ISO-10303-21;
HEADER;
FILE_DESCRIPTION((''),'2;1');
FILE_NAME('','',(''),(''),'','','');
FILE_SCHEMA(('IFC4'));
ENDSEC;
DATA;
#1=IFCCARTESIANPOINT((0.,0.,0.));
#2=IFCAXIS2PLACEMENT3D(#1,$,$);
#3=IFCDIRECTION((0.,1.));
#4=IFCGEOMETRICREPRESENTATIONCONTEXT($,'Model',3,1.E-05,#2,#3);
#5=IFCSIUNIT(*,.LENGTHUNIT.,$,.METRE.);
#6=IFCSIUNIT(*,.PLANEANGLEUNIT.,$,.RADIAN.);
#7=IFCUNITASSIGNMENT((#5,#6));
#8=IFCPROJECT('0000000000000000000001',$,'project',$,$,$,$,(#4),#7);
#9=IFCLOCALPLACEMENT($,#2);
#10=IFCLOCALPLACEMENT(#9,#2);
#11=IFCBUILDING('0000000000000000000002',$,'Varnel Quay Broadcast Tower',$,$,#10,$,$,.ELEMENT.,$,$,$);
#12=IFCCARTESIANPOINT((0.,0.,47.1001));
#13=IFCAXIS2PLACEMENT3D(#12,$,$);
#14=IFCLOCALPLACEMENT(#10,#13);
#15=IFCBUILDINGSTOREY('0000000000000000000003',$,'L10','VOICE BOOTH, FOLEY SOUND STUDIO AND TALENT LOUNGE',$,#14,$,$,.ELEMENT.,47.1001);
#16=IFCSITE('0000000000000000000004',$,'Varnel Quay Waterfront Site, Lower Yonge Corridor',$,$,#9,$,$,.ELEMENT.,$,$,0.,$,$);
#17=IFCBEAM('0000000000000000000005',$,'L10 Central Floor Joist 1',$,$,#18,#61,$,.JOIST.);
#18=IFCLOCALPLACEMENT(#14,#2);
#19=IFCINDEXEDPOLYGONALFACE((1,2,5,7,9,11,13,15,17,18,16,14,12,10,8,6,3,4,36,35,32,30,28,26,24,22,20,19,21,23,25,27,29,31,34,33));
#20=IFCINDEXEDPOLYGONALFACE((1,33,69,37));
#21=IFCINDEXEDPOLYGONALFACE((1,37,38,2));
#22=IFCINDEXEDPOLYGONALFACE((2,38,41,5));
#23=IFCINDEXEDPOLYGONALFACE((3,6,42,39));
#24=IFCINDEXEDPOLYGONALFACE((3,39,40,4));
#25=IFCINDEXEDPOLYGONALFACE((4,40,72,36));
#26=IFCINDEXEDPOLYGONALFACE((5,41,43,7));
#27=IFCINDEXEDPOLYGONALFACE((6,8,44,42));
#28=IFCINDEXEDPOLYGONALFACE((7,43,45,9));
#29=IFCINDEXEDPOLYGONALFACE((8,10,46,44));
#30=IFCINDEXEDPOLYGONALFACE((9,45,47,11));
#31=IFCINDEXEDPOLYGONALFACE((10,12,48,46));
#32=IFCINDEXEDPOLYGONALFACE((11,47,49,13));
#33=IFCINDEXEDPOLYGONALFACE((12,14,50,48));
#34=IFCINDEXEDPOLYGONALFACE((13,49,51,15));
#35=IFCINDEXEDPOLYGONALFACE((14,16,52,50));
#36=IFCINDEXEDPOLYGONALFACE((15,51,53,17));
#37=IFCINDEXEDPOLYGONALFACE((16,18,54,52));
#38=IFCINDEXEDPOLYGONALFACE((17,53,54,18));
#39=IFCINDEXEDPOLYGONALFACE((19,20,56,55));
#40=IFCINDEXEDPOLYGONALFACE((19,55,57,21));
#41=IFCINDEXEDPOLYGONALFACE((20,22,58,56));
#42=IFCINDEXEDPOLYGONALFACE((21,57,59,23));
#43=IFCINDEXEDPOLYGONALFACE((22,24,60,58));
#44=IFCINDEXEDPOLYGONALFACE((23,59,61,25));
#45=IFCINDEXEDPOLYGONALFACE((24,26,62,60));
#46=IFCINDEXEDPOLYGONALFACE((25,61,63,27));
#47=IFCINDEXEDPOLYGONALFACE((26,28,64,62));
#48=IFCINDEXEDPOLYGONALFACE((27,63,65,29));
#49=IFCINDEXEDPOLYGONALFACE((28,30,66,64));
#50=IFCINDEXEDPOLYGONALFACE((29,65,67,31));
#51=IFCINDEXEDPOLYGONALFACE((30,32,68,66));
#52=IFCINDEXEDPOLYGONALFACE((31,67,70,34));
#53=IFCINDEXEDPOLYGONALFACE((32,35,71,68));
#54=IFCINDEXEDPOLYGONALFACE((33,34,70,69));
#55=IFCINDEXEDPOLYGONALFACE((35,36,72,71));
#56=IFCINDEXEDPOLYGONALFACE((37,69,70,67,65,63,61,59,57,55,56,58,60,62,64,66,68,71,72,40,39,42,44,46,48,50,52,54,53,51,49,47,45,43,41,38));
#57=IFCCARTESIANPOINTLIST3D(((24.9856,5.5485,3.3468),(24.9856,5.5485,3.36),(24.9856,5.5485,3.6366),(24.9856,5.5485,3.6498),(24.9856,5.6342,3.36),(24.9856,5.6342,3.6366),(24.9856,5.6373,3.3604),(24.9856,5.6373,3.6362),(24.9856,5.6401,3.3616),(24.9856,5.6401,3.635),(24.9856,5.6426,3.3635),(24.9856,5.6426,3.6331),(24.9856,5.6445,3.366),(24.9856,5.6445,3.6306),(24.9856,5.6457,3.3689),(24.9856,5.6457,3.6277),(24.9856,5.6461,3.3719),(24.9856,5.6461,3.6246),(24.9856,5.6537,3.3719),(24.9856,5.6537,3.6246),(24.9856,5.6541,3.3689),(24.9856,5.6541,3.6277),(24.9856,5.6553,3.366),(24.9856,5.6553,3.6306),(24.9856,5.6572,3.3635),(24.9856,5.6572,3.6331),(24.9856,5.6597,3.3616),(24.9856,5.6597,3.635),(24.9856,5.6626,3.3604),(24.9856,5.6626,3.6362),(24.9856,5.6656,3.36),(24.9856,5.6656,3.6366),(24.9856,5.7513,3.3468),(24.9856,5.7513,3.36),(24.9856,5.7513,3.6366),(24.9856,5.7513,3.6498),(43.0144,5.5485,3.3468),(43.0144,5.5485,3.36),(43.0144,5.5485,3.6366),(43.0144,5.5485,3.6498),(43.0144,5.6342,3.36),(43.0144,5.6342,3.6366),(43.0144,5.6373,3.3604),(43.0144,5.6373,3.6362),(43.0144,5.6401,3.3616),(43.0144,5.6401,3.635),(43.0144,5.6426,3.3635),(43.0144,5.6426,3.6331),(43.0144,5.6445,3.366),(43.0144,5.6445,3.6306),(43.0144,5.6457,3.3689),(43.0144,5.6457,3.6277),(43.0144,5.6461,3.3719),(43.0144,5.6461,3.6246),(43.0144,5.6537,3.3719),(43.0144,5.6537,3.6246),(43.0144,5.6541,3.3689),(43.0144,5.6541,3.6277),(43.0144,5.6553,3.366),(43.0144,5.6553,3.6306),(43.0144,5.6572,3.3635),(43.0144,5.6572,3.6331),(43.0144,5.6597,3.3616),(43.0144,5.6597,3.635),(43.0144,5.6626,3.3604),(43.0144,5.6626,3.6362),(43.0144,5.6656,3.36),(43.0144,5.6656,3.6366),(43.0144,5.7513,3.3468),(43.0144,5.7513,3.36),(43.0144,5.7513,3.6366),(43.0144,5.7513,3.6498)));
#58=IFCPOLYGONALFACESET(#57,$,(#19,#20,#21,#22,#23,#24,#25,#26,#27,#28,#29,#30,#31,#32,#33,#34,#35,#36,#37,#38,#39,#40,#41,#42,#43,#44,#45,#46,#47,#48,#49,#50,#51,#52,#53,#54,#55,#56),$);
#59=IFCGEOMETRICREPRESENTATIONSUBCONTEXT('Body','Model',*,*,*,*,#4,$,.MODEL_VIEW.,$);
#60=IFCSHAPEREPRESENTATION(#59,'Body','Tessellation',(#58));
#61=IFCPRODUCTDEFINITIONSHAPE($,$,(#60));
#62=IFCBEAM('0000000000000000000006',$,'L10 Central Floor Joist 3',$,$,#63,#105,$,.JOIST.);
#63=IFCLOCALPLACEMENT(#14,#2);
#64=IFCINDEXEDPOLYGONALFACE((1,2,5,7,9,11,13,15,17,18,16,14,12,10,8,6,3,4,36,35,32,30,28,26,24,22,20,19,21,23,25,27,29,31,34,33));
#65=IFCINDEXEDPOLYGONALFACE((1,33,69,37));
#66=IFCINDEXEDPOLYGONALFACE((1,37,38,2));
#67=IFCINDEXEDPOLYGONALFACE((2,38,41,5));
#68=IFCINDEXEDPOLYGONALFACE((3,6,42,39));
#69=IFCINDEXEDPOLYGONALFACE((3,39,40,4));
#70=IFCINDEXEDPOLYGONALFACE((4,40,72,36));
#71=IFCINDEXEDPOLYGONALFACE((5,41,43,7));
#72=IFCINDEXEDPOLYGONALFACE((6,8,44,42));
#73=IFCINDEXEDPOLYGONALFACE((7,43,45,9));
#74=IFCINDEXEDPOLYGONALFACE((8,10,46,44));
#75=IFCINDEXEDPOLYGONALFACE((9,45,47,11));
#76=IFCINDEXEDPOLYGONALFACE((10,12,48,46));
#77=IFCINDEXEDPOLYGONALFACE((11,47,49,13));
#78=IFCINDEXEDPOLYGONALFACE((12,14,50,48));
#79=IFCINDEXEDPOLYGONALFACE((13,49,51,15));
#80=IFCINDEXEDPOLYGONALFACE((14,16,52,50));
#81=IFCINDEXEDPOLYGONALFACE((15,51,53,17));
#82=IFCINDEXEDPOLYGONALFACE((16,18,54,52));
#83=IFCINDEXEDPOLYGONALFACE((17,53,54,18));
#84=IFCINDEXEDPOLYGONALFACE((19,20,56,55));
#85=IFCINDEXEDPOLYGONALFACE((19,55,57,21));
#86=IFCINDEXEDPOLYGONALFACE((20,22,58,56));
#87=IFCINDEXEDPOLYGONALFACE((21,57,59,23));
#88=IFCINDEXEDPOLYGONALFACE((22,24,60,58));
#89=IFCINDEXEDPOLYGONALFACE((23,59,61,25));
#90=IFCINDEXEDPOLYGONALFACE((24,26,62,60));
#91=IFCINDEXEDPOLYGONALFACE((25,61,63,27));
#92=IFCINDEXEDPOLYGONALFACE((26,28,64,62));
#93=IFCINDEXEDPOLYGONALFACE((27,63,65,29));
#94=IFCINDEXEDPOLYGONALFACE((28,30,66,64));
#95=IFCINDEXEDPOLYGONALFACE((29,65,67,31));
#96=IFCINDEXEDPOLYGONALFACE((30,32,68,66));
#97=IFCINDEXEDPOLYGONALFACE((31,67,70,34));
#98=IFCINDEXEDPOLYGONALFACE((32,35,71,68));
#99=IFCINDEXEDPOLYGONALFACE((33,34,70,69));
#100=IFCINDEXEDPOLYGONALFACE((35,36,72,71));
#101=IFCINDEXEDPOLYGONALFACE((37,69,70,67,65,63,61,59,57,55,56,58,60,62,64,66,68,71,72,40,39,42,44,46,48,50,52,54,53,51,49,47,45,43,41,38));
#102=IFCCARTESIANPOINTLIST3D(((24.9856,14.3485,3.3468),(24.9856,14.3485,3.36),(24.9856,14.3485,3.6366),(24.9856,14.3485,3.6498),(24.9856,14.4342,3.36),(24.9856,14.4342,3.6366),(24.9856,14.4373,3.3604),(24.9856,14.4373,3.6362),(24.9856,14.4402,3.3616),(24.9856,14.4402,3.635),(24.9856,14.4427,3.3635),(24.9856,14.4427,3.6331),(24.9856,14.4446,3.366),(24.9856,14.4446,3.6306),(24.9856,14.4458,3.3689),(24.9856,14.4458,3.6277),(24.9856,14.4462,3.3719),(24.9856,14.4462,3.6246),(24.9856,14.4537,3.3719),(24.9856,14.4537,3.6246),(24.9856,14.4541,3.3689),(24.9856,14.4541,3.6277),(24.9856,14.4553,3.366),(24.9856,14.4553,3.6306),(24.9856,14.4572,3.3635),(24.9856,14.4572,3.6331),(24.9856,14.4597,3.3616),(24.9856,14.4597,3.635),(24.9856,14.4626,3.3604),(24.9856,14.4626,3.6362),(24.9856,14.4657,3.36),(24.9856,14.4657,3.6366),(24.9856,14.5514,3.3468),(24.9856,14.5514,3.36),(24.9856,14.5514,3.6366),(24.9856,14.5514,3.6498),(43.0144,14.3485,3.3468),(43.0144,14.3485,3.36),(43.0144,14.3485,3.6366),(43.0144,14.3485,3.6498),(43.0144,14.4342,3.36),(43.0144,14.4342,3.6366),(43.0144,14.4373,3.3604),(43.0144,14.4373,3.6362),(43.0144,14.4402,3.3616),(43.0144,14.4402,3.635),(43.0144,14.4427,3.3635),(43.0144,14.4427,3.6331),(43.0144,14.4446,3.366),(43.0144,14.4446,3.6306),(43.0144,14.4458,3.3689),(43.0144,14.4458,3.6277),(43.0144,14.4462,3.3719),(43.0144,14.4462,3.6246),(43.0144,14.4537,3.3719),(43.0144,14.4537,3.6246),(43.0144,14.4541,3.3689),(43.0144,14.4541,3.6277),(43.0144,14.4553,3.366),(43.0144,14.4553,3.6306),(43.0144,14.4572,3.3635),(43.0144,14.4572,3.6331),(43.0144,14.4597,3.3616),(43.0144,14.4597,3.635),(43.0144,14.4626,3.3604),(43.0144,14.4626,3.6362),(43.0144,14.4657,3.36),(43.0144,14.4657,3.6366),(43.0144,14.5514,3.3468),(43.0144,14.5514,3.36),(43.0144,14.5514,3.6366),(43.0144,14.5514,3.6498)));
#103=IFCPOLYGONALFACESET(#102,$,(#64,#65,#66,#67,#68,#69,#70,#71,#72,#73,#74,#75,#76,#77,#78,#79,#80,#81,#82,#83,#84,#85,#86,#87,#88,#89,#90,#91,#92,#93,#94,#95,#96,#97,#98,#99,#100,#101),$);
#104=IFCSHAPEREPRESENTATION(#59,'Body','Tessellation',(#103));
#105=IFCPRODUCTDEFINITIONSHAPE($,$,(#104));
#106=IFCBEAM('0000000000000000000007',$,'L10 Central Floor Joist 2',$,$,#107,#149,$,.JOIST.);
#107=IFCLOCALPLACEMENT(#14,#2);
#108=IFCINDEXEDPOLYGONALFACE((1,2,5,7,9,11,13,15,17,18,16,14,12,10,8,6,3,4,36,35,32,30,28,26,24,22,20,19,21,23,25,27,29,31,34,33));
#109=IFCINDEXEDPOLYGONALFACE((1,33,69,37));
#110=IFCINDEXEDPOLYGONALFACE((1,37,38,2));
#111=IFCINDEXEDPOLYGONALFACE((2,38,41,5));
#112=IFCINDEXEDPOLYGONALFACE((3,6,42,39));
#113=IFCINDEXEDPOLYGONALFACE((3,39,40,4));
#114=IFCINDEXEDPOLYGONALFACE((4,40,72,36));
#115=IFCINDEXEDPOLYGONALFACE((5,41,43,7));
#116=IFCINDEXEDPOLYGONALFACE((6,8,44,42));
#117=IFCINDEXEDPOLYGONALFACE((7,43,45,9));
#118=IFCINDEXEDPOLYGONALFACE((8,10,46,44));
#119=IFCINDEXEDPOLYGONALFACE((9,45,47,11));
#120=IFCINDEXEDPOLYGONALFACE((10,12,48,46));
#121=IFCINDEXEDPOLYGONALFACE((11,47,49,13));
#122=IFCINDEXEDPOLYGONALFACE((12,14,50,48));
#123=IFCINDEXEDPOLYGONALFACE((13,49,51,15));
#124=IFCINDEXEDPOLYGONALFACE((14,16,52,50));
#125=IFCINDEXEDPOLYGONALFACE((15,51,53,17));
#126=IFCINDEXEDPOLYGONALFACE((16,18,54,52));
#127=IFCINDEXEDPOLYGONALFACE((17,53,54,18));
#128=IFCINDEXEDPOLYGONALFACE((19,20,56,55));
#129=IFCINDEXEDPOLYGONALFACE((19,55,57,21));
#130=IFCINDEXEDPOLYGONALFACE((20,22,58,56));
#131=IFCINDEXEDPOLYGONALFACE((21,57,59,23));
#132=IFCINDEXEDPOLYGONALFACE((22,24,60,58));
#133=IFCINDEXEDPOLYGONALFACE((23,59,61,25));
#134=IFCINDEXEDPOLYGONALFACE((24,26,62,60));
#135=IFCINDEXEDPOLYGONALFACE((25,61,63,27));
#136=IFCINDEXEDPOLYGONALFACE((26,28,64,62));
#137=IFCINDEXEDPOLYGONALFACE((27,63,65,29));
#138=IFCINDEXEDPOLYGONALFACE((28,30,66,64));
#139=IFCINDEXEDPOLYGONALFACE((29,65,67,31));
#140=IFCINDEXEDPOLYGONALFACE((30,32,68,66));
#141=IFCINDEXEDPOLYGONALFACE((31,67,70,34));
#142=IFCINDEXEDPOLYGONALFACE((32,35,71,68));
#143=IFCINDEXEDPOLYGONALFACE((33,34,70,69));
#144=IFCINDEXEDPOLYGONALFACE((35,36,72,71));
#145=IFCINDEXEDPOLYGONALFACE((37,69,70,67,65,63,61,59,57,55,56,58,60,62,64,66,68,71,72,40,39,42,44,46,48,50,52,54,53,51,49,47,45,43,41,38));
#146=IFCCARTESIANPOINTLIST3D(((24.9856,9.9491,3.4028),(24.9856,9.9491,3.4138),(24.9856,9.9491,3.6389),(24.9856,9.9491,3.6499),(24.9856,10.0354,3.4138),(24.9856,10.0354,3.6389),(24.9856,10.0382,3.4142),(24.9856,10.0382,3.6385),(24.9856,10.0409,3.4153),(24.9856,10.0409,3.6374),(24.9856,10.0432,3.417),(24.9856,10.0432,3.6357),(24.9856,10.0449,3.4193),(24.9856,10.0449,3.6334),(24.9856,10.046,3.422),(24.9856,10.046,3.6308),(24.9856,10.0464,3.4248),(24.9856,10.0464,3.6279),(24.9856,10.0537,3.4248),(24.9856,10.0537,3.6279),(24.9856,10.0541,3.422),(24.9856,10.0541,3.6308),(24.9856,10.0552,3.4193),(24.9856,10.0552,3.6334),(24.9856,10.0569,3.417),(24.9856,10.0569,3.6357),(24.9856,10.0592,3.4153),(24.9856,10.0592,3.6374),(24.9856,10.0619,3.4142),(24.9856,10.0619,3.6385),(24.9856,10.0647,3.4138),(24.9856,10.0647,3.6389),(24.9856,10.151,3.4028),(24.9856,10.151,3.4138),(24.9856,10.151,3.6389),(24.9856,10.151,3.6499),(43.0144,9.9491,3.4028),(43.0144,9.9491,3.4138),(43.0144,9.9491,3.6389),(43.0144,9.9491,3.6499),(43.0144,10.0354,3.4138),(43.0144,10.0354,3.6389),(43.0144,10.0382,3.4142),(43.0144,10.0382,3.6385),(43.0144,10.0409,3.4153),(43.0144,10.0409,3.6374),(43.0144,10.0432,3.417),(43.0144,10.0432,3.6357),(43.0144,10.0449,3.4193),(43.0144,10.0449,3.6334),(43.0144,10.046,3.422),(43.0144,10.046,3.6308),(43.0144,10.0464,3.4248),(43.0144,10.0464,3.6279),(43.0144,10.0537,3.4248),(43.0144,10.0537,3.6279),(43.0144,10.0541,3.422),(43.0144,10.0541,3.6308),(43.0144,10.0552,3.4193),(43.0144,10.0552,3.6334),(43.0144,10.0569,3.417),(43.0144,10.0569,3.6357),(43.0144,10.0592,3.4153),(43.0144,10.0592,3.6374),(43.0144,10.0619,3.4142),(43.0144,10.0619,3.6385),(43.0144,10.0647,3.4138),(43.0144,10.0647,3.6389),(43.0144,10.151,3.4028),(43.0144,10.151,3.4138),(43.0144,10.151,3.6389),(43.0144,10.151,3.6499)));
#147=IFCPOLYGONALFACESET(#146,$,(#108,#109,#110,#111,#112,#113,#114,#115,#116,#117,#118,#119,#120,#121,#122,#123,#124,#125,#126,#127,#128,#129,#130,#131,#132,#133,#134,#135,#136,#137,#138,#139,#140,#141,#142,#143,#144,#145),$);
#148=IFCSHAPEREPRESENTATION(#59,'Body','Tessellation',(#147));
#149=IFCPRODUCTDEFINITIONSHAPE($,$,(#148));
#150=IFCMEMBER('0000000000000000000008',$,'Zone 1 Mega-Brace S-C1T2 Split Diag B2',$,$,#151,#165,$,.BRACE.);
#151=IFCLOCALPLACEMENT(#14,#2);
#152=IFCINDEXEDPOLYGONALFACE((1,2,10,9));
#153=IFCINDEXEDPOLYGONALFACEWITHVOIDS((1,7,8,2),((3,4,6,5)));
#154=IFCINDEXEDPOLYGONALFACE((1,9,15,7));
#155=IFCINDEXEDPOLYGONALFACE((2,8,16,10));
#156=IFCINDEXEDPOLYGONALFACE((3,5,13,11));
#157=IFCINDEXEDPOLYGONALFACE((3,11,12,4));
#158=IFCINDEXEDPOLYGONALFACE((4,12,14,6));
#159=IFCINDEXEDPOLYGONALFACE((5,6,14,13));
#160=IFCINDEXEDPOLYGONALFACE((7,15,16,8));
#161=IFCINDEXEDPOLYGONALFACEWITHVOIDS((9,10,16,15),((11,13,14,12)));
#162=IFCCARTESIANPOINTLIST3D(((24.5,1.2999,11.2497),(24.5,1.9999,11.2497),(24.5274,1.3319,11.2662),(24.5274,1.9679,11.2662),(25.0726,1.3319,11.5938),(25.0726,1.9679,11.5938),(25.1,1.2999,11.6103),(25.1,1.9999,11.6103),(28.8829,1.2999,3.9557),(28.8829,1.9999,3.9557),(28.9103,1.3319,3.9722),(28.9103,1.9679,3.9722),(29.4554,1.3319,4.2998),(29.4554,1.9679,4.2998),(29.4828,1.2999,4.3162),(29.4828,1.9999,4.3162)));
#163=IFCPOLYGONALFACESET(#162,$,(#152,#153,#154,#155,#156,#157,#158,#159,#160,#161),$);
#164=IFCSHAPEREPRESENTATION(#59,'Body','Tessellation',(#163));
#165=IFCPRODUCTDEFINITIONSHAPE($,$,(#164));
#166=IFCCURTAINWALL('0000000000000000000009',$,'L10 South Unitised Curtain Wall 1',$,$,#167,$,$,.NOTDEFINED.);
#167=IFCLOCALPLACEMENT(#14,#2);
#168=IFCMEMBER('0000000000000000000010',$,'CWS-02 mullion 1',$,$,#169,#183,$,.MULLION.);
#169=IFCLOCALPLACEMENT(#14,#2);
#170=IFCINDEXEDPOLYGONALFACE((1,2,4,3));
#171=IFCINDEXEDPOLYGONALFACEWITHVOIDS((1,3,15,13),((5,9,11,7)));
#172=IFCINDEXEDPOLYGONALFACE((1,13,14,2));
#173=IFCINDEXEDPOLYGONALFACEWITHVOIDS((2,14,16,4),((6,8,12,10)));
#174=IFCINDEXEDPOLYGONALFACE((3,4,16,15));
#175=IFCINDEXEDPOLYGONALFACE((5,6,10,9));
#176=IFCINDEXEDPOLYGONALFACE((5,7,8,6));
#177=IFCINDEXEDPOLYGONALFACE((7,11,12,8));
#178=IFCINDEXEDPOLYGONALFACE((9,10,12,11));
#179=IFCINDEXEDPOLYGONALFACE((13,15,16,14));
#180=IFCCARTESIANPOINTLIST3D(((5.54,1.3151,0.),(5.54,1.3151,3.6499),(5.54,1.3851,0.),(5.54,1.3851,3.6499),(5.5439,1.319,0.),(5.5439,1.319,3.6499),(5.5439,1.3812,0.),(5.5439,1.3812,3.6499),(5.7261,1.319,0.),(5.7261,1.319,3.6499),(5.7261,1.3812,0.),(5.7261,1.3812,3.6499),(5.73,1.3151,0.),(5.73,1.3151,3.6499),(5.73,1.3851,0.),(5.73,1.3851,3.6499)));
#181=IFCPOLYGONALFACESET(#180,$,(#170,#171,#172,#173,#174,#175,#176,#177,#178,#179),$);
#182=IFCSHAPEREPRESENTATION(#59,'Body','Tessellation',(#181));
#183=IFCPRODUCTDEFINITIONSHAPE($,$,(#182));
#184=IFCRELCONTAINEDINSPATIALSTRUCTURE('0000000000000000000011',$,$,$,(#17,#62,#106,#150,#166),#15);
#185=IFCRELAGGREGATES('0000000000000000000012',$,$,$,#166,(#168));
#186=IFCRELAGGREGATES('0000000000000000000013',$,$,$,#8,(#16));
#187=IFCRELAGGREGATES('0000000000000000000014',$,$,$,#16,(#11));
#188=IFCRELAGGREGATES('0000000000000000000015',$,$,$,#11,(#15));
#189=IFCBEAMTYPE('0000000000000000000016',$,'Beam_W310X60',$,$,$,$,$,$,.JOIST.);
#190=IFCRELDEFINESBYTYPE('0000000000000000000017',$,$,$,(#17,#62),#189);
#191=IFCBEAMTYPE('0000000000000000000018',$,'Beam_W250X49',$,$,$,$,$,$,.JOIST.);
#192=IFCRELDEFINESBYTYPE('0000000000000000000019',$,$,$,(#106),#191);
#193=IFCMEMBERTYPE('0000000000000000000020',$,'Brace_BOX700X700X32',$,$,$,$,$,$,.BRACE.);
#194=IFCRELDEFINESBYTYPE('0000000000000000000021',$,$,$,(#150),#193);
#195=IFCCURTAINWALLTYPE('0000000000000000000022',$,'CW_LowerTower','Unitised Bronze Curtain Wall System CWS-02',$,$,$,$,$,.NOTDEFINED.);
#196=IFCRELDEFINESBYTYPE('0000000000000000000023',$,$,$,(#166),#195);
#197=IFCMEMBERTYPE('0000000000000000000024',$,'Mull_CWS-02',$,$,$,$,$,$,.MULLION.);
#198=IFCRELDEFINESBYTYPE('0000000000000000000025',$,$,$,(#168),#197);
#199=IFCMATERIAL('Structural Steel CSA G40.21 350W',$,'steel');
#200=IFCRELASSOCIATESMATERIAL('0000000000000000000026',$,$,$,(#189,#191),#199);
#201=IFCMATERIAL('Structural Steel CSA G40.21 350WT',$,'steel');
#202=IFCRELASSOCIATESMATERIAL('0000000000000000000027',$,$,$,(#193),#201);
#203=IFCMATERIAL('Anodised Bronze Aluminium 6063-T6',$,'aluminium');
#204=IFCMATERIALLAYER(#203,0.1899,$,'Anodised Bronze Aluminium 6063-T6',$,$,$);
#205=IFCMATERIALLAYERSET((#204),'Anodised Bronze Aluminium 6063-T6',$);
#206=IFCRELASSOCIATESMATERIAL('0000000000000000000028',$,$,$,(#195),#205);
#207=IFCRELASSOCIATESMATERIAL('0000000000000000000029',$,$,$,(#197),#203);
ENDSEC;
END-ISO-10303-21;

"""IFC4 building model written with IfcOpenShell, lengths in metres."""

from ifc_helpers import new_model, si_unit, direction, frame, origin, origin_2d, place, context, subcontext, project, spatial, hollow_rectangle, i_section, extrude, source, transform, mapped, material, layer, layer_set, material_profile, profile_set, type_object, type_shapes, element, aggregate, save


model = new_model("IFC4")

# Units and contexts
model_context = context("Model", 3, precision=1e-05, world=origin(), true_north=direction((0.0, 1.0)))
body_context = subcontext(model_context, "Body", "Model", "MODEL_VIEW")
ifc_project = project(units=[si_unit("LENGTHUNIT", "METRE"), si_unit("PLANEANGLEUNIT", "RADIAN")], contexts=[model_context])

# Site, building, storey
site_placement = place(None, origin())
site = spatial("IfcSite", under=ifc_project, at=site_placement, Name="Varnel Quay Waterfront Site, Lower Yonge Corridor", CompositionType="ELEMENT", RefElevation=0.0)
building_placement = place(site_placement, origin())
building = spatial("IfcBuilding", under=site, at=building_placement, Name="Varnel Quay Broadcast Tower", CompositionType="ELEMENT")
storey_placement = place(building_placement, frame((0.0, 0.0, 47.1001)))
storey = spatial("IfcBuildingStorey", under=building, at=storey_placement, Name="L10", Description="VOICE BOOTH, FOLEY SOUND STUDIO AND TALENT LOUNGE", CompositionType="ELEMENT", Elevation=47.1001)

# Shared definitions
ifc_material_1 = material(Name="Structural Steel CSA G40.21 350WT", Category="steel")
ifc_material_2 = material(Name="Structural Steel CSA G40.21 350W", Category="steel")

# Beams
ifc_material_profile_1 = material_profile(ifc_material_2, i_section(OverallWidth=0.2029, OverallDepth=0.303, WebThickness=0.0076, FlangeThickness=0.0132, FilletRadius=0.012, at=origin_2d()), Name="W310X60")
ifc_profile_set_1 = profile_set([ifc_material_profile_1], Name="Structural Steel CSA G40.21 350W")
beam_type_1 = type_object("IfcBeamType", Name="Beam_W310X60", PredefinedType="JOIST", material=ifc_profile_set_1)
shared_shape_1 = source(origin(), body_context, "Body", "SweptSolid", [
    extrude(i_section(OverallWidth=0.2029, OverallDepth=0.303, WebThickness=0.0076, FlangeThickness=0.0132, FilletRadius=0.012, at=origin_2d()), origin(), (0.0, 0.0, 1.0), 18.0288),
])
type_shapes(beam_type_1, [shared_shape_1])
for number, where, z_axis, x_axis, name in (
    (1, (24.9856, 5.6499, 3.4983), (1.0, 0.0, 0.0), (0.0, 1.0, 0.0), "L10 Central Floor Joist 1"),
    (2, (24.9856, 14.45, 3.4983), (1.0, 0.0, 0.0), (0.0, 1.0, 0.0), "L10 Central Floor Joist 3"),
):
    element("IfcBeam", number, at=place(storey_placement, frame(where, z_axis=z_axis, x_axis=x_axis)), inside=storey, type_object=beam_type_1, Name=name, PredefinedType="JOIST", context=body_context, shape_type="MappedRepresentation", body=[
        mapped(shared_shape_1, transform((0.0, 0.0, 0.0), x_axis=(1.0, 0.0, 0.0), y_axis=(0.0, 1.0, 0.0), z_axis=(0.0, 0.0, 1.0), scale=1.0)),
    ])
ifc_material_profile_2 = material_profile(ifc_material_2, i_section(OverallWidth=0.2019, OverallDepth=0.2471, WebThickness=0.0073, FlangeThickness=0.011, FilletRadius=0.011, at=origin_2d()), Name="W250X49")
ifc_profile_set_2 = profile_set([ifc_material_profile_2], Name="Structural Steel CSA G40.21 350W")
beam_type_2 = type_object("IfcBeamType", Name="Beam_W250X49", PredefinedType="JOIST", material=ifc_profile_set_2)
shared_shape_2 = source(origin(), body_context, "Body", "SweptSolid", [
    extrude(i_section(OverallWidth=0.2019, OverallDepth=0.2471, WebThickness=0.0073, FlangeThickness=0.011, FilletRadius=0.011, at=origin_2d()), origin(), (0.0, 0.0, 1.0), 18.0288),
])
type_shapes(beam_type_2, [shared_shape_2])
beam_1_placement = place(storey_placement, frame((24.9856, 10.05, 3.5264), z_axis=(1.0, 0.0, 0.0), x_axis=(0.0, 1.0, 0.0)))
element("IfcBeam", 3, at=beam_1_placement, inside=storey, type_object=beam_type_2, Name="L10 Central Floor Joist 2", PredefinedType="JOIST", context=body_context, shape_type="MappedRepresentation", body=[
    mapped(shared_shape_2, transform((0.0, 0.0, 0.0), x_axis=(1.0, 0.0, 0.0), y_axis=(0.0, 1.0, 0.0), z_axis=(0.0, 0.0, 1.0), scale=1.0)),
])

# Member
ifc_material_profile_3 = material_profile(ifc_material_1, hollow_rectangle(XDim=0.7, YDim=0.7, WallThickness=0.032, at=origin_2d()), Name="BOX700X700X32")
ifc_profile_set_3 = profile_set([ifc_material_profile_3], Name="Structural Steel CSA G40.21 350WT")
member_type_1 = type_object("IfcMemberType", Name="Brace_BOX700X700X32", PredefinedType="BRACE", material=ifc_profile_set_3)
shared_shape_3 = source(origin(), body_context, "Body", "SweptSolid", [
    extrude(hollow_rectangle(XDim=0.7, YDim=0.7, WallThickness=0.032, at=origin_2d()), origin(), (0.0, 0.0, 1.0), 8.5095),
])
type_shapes(member_type_1, [shared_shape_3])
member_1_placement = place(storey_placement, frame((29.1829, 1.6499, 4.136), z_axis=(-0.515053, 0.0, 0.857159), x_axis=(0.0, -1.0, 0.0)))
element("IfcMember", 4, at=member_1_placement, inside=storey, type_object=member_type_1, Name="Zone 1 Mega-Brace S-C1T2 Split Diag B2", PredefinedType="BRACE", context=body_context, shape_type="MappedRepresentation", body=[
    mapped(shared_shape_3, transform((0.0, 0.0, 0.0), x_axis=(1.0, 0.0, 0.0), y_axis=(0.0, 1.0, 0.0), z_axis=(0.0, 0.0, 1.0), scale=1.0)),
])

# Curtain wall, member
ifc_material_3 = material(Name="Anodised Bronze Aluminium 6063-T6", Category="aluminium")
ifc_layer_1 = layer(ifc_material_3, 0.1899, Name="Anodised Bronze Aluminium 6063-T6")
ifc_layer_set_1 = layer_set([ifc_layer_1], Name="Anodised Bronze Aluminium 6063-T6")
curtain_wall_type_1 = type_object("IfcCurtainWallType", Name="CW_LowerTower", Description="Unitised Bronze Curtain Wall System CWS-02", PredefinedType="NOTDEFINED", material=ifc_layer_set_1)
curtain_wall_1_placement = place(storey_placement, origin())
curtain_wall_1 = element("IfcCurtainWall", 5, at=curtain_wall_1_placement, inside=storey, type_object=curtain_wall_type_1, Name="L10 South Unitised Curtain Wall 1", PredefinedType="NOTDEFINED")
ifc_material_profile_4 = material_profile(ifc_material_3, hollow_rectangle(XDim=0.0701, YDim=0.1899, WallThickness=0.0039, at=origin_2d()), Name="ALU70X190X4")
ifc_profile_set_4 = profile_set([ifc_material_profile_4], Name="Anodised Bronze Aluminium 6063-T6")
member_type_2 = type_object("IfcMemberType", Name="Mull_CWS-02", PredefinedType="MULLION", material=ifc_profile_set_4)
shared_shape_4 = source(origin(), body_context, "Body", "SweptSolid", [
    extrude(hollow_rectangle(XDim=0.0701, YDim=0.1899, WallThickness=0.0039, at=origin_2d()), origin(), (0.0, 0.0, 1.0), 3.6499),
])
type_shapes(member_type_2, [shared_shape_4])
member_2_placement = place(storey_placement, frame((5.635, 1.3501, 0.0), z_axis=(0.0, 0.0, 1.0), x_axis=(0.0, 1.0, 0.0)))
member_2 = element("IfcMember", 6, at=member_2_placement, type_object=member_type_2, Name="CWS-02 mullion 1", PredefinedType="MULLION", context=body_context, shape_type="MappedRepresentation", body=[
    mapped(shared_shape_4, transform((0.0, 0.0, 0.0), x_axis=(1.0, 0.0, 0.0), y_axis=(0.0, 1.0, 0.0), z_axis=(0.0, 0.0, 1.0), scale=1.0)),
])

aggregate(curtain_wall_1, [member_2])

save(model, "model.ifc")
